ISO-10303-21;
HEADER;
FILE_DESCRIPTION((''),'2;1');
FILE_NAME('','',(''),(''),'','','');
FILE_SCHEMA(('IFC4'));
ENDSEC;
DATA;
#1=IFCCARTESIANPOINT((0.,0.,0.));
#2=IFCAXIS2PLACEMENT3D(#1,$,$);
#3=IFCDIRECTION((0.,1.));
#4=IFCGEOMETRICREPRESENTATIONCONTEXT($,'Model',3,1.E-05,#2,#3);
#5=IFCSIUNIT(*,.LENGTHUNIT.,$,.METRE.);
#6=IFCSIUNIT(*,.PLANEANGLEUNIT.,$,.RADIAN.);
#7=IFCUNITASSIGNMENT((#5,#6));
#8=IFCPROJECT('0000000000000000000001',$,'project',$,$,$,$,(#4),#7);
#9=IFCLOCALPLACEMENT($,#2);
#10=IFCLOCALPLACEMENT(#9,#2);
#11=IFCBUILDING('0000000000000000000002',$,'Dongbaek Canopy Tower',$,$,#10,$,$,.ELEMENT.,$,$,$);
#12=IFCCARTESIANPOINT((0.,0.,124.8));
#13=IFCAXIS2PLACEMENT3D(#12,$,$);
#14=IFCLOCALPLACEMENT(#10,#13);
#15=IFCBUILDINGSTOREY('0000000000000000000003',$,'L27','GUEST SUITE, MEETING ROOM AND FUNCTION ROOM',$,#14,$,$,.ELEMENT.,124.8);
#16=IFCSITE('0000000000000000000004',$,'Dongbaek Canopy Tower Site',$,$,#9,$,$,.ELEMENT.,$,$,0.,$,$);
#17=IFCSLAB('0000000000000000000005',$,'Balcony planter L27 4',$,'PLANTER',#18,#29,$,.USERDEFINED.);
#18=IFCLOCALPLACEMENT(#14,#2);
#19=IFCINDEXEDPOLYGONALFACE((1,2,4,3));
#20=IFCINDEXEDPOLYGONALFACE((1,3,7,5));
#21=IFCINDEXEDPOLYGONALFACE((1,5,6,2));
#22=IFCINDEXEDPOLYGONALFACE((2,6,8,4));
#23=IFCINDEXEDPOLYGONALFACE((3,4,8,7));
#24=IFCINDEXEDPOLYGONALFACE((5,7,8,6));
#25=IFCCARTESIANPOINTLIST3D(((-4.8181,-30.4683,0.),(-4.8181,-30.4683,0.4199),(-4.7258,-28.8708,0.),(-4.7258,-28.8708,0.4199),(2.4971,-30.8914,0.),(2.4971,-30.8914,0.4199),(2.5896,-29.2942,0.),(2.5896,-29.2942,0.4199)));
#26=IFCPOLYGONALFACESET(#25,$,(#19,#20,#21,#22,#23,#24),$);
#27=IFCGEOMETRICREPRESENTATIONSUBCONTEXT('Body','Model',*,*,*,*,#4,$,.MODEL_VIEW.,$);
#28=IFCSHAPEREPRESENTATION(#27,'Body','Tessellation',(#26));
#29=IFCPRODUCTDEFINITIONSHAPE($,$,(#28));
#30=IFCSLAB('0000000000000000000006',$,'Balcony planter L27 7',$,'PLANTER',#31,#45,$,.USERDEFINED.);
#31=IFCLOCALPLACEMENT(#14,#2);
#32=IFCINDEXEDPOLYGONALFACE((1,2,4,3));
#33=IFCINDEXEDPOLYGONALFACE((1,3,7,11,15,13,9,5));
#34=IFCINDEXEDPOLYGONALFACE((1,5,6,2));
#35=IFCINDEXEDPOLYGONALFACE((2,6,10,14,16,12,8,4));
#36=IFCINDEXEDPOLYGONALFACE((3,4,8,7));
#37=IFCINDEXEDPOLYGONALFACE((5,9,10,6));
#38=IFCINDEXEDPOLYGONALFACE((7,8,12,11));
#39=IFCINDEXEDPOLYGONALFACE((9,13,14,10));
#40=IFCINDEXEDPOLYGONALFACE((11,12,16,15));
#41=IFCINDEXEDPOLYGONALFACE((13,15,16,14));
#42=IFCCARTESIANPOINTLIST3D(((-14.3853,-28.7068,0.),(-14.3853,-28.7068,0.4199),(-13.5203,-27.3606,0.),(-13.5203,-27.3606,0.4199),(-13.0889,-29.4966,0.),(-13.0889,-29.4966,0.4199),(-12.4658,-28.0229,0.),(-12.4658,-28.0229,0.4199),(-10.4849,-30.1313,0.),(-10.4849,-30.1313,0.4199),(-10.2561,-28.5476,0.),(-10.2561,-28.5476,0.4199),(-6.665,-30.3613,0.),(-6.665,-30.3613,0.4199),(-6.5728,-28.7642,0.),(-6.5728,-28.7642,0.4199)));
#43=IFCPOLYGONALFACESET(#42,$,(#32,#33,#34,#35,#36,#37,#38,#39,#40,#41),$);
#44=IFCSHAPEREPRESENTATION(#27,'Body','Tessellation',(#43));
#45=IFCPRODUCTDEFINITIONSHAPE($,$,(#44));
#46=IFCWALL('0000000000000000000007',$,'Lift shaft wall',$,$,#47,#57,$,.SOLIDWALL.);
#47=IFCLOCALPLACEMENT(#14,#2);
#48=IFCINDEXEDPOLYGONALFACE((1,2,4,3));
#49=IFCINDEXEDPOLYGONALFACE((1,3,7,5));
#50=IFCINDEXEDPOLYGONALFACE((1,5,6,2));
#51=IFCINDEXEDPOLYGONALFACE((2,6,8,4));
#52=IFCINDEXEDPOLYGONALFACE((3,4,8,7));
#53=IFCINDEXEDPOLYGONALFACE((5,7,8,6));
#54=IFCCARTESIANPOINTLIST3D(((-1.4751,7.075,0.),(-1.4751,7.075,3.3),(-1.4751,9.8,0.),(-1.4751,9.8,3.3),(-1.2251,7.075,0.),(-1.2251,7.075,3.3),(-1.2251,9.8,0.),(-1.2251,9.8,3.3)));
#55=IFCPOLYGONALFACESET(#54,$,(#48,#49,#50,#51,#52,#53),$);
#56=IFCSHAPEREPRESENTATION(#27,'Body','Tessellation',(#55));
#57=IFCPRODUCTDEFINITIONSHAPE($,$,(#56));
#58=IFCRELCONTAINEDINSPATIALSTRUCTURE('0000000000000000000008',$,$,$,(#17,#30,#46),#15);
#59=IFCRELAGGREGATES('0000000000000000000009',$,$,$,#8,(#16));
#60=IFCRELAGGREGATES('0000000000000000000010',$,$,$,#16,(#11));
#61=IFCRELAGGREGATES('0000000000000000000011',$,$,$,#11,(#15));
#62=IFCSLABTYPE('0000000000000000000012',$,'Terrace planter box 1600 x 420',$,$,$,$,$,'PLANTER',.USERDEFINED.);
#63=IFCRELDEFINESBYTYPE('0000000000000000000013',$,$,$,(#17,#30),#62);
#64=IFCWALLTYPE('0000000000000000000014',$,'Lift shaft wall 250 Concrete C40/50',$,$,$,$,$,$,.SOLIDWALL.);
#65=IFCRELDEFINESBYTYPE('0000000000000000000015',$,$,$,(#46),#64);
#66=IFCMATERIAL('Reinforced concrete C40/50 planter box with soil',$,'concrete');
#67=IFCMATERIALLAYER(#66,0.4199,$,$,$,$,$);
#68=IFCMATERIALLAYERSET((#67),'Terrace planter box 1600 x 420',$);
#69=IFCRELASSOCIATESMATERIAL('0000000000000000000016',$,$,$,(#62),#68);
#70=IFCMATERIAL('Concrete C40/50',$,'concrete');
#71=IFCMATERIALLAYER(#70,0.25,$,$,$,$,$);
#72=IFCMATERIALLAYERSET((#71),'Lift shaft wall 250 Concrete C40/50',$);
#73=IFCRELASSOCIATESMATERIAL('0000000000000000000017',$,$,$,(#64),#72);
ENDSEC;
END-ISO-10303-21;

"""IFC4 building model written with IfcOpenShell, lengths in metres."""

from ifc_helpers import new_model, si_unit, direction, frame, frame_2d, origin, place, context, subcontext, project, spatial, polyline, rectangle, outline, extrude, material, layer, layer_set, type_object, element, save


model = new_model("IFC4")

# Units and contexts
model_context = context("Model", 3, precision=1e-05, world=origin(), true_north=direction((0.0, 1.0)))
body_context = subcontext(model_context, "Body", "Model", "MODEL_VIEW")
ifc_project = project(units=[si_unit("LENGTHUNIT", "METRE"), si_unit("PLANEANGLEUNIT", "RADIAN")], contexts=[model_context])

# Site, building, storey
site_placement = place(None, origin())
site = spatial("IfcSite", under=ifc_project, at=site_placement, Name="Dongbaek Canopy Tower Site", CompositionType="ELEMENT", RefElevation=0.0)
building_placement = place(site_placement, origin())
building = spatial("IfcBuilding", under=site, at=building_placement, Name="Dongbaek Canopy Tower", CompositionType="ELEMENT")
storey_placement = place(building_placement, frame((0.0, 0.0, 124.8)))
storey = spatial("IfcBuildingStorey", under=building, at=storey_placement, Name="L27", Description="GUEST SUITE, MEETING ROOM AND FUNCTION ROOM", CompositionType="ELEMENT", Elevation=124.8)

# Slabs
ifc_material_1 = material(Name="Reinforced concrete C40/50 planter box with soil", Category="concrete")
ifc_layer_1 = layer(ifc_material_1, 0.4199)
ifc_layer_set_1 = layer_set([ifc_layer_1], Name="Terrace planter box 1600 x 420")
slab_type_1 = type_object("IfcSlabType", Name="Terrace planter box 1600 x 420", ElementType="PLANTER", PredefinedType="USERDEFINED", material=ifc_layer_set_1)
slab_1_placement = place(storey_placement, origin())
element("IfcSlab", 1, at=slab_1_placement, inside=storey, type_object=slab_type_1, Name="Balcony planter L27 4", ObjectType="PLANTER", PredefinedType="USERDEFINED", context=body_context, shape_type="SweptSolid", body=[
    extrude(outline(polyline([(-4.7258, -28.8708), (2.5896, -29.2942), (2.4971, -30.8914), (-4.8181, -30.4683), (-4.7258, -28.8708)])), origin(), (0.0, 0.0, 1.0), 0.4199),
])
slab_2_placement = place(storey_placement, origin())
element("IfcSlab", 2, at=slab_2_placement, inside=storey, type_object=slab_type_1, Name="Balcony planter L27 7", ObjectType="PLANTER", PredefinedType="USERDEFINED", context=body_context, shape_type="SweptSolid", body=[
    extrude(outline(polyline([(-13.5203, -27.3606), (-12.4658, -28.0229), (-10.2561, -28.5476), (-6.5728, -28.7642), (-6.665, -30.3613), (-10.4849, -30.1313), (-13.0889, -29.4966), (-14.3853, -28.7068), (-13.5203, -27.3606)])), origin(), (0.0, 0.0, 1.0), 0.4199),
])

# Wall
ifc_material_2 = material(Name="Concrete C40/50", Category="concrete")
ifc_layer_2 = layer(ifc_material_2, 0.25)
ifc_layer_set_2 = layer_set([ifc_layer_2], Name="Lift shaft wall 250 Concrete C40/50")
wall_type = type_object("IfcWallType", Name="Lift shaft wall 250 Concrete C40/50", PredefinedType="SOLIDWALL", material=ifc_layer_set_2)
wall_placement = place(storey_placement, frame((-1.3501, 7.075, 0.0), z_axis=(0.0, 0.0, 1.0), x_axis=(0.0, 1.0, 0.0)))
element("IfcWall", 3, at=wall_placement, inside=storey, type_object=wall_type, Name="Lift shaft wall", PredefinedType="SOLIDWALL", context=body_context, shape_type="SweptSolid", body=[
    extrude(rectangle(XDim=2.7251, YDim=0.25, at=frame_2d((1.3625, 0.0))), origin(), (0.0, 0.0, 1.0), 3.3),
])

save(model, "model.ifc")
